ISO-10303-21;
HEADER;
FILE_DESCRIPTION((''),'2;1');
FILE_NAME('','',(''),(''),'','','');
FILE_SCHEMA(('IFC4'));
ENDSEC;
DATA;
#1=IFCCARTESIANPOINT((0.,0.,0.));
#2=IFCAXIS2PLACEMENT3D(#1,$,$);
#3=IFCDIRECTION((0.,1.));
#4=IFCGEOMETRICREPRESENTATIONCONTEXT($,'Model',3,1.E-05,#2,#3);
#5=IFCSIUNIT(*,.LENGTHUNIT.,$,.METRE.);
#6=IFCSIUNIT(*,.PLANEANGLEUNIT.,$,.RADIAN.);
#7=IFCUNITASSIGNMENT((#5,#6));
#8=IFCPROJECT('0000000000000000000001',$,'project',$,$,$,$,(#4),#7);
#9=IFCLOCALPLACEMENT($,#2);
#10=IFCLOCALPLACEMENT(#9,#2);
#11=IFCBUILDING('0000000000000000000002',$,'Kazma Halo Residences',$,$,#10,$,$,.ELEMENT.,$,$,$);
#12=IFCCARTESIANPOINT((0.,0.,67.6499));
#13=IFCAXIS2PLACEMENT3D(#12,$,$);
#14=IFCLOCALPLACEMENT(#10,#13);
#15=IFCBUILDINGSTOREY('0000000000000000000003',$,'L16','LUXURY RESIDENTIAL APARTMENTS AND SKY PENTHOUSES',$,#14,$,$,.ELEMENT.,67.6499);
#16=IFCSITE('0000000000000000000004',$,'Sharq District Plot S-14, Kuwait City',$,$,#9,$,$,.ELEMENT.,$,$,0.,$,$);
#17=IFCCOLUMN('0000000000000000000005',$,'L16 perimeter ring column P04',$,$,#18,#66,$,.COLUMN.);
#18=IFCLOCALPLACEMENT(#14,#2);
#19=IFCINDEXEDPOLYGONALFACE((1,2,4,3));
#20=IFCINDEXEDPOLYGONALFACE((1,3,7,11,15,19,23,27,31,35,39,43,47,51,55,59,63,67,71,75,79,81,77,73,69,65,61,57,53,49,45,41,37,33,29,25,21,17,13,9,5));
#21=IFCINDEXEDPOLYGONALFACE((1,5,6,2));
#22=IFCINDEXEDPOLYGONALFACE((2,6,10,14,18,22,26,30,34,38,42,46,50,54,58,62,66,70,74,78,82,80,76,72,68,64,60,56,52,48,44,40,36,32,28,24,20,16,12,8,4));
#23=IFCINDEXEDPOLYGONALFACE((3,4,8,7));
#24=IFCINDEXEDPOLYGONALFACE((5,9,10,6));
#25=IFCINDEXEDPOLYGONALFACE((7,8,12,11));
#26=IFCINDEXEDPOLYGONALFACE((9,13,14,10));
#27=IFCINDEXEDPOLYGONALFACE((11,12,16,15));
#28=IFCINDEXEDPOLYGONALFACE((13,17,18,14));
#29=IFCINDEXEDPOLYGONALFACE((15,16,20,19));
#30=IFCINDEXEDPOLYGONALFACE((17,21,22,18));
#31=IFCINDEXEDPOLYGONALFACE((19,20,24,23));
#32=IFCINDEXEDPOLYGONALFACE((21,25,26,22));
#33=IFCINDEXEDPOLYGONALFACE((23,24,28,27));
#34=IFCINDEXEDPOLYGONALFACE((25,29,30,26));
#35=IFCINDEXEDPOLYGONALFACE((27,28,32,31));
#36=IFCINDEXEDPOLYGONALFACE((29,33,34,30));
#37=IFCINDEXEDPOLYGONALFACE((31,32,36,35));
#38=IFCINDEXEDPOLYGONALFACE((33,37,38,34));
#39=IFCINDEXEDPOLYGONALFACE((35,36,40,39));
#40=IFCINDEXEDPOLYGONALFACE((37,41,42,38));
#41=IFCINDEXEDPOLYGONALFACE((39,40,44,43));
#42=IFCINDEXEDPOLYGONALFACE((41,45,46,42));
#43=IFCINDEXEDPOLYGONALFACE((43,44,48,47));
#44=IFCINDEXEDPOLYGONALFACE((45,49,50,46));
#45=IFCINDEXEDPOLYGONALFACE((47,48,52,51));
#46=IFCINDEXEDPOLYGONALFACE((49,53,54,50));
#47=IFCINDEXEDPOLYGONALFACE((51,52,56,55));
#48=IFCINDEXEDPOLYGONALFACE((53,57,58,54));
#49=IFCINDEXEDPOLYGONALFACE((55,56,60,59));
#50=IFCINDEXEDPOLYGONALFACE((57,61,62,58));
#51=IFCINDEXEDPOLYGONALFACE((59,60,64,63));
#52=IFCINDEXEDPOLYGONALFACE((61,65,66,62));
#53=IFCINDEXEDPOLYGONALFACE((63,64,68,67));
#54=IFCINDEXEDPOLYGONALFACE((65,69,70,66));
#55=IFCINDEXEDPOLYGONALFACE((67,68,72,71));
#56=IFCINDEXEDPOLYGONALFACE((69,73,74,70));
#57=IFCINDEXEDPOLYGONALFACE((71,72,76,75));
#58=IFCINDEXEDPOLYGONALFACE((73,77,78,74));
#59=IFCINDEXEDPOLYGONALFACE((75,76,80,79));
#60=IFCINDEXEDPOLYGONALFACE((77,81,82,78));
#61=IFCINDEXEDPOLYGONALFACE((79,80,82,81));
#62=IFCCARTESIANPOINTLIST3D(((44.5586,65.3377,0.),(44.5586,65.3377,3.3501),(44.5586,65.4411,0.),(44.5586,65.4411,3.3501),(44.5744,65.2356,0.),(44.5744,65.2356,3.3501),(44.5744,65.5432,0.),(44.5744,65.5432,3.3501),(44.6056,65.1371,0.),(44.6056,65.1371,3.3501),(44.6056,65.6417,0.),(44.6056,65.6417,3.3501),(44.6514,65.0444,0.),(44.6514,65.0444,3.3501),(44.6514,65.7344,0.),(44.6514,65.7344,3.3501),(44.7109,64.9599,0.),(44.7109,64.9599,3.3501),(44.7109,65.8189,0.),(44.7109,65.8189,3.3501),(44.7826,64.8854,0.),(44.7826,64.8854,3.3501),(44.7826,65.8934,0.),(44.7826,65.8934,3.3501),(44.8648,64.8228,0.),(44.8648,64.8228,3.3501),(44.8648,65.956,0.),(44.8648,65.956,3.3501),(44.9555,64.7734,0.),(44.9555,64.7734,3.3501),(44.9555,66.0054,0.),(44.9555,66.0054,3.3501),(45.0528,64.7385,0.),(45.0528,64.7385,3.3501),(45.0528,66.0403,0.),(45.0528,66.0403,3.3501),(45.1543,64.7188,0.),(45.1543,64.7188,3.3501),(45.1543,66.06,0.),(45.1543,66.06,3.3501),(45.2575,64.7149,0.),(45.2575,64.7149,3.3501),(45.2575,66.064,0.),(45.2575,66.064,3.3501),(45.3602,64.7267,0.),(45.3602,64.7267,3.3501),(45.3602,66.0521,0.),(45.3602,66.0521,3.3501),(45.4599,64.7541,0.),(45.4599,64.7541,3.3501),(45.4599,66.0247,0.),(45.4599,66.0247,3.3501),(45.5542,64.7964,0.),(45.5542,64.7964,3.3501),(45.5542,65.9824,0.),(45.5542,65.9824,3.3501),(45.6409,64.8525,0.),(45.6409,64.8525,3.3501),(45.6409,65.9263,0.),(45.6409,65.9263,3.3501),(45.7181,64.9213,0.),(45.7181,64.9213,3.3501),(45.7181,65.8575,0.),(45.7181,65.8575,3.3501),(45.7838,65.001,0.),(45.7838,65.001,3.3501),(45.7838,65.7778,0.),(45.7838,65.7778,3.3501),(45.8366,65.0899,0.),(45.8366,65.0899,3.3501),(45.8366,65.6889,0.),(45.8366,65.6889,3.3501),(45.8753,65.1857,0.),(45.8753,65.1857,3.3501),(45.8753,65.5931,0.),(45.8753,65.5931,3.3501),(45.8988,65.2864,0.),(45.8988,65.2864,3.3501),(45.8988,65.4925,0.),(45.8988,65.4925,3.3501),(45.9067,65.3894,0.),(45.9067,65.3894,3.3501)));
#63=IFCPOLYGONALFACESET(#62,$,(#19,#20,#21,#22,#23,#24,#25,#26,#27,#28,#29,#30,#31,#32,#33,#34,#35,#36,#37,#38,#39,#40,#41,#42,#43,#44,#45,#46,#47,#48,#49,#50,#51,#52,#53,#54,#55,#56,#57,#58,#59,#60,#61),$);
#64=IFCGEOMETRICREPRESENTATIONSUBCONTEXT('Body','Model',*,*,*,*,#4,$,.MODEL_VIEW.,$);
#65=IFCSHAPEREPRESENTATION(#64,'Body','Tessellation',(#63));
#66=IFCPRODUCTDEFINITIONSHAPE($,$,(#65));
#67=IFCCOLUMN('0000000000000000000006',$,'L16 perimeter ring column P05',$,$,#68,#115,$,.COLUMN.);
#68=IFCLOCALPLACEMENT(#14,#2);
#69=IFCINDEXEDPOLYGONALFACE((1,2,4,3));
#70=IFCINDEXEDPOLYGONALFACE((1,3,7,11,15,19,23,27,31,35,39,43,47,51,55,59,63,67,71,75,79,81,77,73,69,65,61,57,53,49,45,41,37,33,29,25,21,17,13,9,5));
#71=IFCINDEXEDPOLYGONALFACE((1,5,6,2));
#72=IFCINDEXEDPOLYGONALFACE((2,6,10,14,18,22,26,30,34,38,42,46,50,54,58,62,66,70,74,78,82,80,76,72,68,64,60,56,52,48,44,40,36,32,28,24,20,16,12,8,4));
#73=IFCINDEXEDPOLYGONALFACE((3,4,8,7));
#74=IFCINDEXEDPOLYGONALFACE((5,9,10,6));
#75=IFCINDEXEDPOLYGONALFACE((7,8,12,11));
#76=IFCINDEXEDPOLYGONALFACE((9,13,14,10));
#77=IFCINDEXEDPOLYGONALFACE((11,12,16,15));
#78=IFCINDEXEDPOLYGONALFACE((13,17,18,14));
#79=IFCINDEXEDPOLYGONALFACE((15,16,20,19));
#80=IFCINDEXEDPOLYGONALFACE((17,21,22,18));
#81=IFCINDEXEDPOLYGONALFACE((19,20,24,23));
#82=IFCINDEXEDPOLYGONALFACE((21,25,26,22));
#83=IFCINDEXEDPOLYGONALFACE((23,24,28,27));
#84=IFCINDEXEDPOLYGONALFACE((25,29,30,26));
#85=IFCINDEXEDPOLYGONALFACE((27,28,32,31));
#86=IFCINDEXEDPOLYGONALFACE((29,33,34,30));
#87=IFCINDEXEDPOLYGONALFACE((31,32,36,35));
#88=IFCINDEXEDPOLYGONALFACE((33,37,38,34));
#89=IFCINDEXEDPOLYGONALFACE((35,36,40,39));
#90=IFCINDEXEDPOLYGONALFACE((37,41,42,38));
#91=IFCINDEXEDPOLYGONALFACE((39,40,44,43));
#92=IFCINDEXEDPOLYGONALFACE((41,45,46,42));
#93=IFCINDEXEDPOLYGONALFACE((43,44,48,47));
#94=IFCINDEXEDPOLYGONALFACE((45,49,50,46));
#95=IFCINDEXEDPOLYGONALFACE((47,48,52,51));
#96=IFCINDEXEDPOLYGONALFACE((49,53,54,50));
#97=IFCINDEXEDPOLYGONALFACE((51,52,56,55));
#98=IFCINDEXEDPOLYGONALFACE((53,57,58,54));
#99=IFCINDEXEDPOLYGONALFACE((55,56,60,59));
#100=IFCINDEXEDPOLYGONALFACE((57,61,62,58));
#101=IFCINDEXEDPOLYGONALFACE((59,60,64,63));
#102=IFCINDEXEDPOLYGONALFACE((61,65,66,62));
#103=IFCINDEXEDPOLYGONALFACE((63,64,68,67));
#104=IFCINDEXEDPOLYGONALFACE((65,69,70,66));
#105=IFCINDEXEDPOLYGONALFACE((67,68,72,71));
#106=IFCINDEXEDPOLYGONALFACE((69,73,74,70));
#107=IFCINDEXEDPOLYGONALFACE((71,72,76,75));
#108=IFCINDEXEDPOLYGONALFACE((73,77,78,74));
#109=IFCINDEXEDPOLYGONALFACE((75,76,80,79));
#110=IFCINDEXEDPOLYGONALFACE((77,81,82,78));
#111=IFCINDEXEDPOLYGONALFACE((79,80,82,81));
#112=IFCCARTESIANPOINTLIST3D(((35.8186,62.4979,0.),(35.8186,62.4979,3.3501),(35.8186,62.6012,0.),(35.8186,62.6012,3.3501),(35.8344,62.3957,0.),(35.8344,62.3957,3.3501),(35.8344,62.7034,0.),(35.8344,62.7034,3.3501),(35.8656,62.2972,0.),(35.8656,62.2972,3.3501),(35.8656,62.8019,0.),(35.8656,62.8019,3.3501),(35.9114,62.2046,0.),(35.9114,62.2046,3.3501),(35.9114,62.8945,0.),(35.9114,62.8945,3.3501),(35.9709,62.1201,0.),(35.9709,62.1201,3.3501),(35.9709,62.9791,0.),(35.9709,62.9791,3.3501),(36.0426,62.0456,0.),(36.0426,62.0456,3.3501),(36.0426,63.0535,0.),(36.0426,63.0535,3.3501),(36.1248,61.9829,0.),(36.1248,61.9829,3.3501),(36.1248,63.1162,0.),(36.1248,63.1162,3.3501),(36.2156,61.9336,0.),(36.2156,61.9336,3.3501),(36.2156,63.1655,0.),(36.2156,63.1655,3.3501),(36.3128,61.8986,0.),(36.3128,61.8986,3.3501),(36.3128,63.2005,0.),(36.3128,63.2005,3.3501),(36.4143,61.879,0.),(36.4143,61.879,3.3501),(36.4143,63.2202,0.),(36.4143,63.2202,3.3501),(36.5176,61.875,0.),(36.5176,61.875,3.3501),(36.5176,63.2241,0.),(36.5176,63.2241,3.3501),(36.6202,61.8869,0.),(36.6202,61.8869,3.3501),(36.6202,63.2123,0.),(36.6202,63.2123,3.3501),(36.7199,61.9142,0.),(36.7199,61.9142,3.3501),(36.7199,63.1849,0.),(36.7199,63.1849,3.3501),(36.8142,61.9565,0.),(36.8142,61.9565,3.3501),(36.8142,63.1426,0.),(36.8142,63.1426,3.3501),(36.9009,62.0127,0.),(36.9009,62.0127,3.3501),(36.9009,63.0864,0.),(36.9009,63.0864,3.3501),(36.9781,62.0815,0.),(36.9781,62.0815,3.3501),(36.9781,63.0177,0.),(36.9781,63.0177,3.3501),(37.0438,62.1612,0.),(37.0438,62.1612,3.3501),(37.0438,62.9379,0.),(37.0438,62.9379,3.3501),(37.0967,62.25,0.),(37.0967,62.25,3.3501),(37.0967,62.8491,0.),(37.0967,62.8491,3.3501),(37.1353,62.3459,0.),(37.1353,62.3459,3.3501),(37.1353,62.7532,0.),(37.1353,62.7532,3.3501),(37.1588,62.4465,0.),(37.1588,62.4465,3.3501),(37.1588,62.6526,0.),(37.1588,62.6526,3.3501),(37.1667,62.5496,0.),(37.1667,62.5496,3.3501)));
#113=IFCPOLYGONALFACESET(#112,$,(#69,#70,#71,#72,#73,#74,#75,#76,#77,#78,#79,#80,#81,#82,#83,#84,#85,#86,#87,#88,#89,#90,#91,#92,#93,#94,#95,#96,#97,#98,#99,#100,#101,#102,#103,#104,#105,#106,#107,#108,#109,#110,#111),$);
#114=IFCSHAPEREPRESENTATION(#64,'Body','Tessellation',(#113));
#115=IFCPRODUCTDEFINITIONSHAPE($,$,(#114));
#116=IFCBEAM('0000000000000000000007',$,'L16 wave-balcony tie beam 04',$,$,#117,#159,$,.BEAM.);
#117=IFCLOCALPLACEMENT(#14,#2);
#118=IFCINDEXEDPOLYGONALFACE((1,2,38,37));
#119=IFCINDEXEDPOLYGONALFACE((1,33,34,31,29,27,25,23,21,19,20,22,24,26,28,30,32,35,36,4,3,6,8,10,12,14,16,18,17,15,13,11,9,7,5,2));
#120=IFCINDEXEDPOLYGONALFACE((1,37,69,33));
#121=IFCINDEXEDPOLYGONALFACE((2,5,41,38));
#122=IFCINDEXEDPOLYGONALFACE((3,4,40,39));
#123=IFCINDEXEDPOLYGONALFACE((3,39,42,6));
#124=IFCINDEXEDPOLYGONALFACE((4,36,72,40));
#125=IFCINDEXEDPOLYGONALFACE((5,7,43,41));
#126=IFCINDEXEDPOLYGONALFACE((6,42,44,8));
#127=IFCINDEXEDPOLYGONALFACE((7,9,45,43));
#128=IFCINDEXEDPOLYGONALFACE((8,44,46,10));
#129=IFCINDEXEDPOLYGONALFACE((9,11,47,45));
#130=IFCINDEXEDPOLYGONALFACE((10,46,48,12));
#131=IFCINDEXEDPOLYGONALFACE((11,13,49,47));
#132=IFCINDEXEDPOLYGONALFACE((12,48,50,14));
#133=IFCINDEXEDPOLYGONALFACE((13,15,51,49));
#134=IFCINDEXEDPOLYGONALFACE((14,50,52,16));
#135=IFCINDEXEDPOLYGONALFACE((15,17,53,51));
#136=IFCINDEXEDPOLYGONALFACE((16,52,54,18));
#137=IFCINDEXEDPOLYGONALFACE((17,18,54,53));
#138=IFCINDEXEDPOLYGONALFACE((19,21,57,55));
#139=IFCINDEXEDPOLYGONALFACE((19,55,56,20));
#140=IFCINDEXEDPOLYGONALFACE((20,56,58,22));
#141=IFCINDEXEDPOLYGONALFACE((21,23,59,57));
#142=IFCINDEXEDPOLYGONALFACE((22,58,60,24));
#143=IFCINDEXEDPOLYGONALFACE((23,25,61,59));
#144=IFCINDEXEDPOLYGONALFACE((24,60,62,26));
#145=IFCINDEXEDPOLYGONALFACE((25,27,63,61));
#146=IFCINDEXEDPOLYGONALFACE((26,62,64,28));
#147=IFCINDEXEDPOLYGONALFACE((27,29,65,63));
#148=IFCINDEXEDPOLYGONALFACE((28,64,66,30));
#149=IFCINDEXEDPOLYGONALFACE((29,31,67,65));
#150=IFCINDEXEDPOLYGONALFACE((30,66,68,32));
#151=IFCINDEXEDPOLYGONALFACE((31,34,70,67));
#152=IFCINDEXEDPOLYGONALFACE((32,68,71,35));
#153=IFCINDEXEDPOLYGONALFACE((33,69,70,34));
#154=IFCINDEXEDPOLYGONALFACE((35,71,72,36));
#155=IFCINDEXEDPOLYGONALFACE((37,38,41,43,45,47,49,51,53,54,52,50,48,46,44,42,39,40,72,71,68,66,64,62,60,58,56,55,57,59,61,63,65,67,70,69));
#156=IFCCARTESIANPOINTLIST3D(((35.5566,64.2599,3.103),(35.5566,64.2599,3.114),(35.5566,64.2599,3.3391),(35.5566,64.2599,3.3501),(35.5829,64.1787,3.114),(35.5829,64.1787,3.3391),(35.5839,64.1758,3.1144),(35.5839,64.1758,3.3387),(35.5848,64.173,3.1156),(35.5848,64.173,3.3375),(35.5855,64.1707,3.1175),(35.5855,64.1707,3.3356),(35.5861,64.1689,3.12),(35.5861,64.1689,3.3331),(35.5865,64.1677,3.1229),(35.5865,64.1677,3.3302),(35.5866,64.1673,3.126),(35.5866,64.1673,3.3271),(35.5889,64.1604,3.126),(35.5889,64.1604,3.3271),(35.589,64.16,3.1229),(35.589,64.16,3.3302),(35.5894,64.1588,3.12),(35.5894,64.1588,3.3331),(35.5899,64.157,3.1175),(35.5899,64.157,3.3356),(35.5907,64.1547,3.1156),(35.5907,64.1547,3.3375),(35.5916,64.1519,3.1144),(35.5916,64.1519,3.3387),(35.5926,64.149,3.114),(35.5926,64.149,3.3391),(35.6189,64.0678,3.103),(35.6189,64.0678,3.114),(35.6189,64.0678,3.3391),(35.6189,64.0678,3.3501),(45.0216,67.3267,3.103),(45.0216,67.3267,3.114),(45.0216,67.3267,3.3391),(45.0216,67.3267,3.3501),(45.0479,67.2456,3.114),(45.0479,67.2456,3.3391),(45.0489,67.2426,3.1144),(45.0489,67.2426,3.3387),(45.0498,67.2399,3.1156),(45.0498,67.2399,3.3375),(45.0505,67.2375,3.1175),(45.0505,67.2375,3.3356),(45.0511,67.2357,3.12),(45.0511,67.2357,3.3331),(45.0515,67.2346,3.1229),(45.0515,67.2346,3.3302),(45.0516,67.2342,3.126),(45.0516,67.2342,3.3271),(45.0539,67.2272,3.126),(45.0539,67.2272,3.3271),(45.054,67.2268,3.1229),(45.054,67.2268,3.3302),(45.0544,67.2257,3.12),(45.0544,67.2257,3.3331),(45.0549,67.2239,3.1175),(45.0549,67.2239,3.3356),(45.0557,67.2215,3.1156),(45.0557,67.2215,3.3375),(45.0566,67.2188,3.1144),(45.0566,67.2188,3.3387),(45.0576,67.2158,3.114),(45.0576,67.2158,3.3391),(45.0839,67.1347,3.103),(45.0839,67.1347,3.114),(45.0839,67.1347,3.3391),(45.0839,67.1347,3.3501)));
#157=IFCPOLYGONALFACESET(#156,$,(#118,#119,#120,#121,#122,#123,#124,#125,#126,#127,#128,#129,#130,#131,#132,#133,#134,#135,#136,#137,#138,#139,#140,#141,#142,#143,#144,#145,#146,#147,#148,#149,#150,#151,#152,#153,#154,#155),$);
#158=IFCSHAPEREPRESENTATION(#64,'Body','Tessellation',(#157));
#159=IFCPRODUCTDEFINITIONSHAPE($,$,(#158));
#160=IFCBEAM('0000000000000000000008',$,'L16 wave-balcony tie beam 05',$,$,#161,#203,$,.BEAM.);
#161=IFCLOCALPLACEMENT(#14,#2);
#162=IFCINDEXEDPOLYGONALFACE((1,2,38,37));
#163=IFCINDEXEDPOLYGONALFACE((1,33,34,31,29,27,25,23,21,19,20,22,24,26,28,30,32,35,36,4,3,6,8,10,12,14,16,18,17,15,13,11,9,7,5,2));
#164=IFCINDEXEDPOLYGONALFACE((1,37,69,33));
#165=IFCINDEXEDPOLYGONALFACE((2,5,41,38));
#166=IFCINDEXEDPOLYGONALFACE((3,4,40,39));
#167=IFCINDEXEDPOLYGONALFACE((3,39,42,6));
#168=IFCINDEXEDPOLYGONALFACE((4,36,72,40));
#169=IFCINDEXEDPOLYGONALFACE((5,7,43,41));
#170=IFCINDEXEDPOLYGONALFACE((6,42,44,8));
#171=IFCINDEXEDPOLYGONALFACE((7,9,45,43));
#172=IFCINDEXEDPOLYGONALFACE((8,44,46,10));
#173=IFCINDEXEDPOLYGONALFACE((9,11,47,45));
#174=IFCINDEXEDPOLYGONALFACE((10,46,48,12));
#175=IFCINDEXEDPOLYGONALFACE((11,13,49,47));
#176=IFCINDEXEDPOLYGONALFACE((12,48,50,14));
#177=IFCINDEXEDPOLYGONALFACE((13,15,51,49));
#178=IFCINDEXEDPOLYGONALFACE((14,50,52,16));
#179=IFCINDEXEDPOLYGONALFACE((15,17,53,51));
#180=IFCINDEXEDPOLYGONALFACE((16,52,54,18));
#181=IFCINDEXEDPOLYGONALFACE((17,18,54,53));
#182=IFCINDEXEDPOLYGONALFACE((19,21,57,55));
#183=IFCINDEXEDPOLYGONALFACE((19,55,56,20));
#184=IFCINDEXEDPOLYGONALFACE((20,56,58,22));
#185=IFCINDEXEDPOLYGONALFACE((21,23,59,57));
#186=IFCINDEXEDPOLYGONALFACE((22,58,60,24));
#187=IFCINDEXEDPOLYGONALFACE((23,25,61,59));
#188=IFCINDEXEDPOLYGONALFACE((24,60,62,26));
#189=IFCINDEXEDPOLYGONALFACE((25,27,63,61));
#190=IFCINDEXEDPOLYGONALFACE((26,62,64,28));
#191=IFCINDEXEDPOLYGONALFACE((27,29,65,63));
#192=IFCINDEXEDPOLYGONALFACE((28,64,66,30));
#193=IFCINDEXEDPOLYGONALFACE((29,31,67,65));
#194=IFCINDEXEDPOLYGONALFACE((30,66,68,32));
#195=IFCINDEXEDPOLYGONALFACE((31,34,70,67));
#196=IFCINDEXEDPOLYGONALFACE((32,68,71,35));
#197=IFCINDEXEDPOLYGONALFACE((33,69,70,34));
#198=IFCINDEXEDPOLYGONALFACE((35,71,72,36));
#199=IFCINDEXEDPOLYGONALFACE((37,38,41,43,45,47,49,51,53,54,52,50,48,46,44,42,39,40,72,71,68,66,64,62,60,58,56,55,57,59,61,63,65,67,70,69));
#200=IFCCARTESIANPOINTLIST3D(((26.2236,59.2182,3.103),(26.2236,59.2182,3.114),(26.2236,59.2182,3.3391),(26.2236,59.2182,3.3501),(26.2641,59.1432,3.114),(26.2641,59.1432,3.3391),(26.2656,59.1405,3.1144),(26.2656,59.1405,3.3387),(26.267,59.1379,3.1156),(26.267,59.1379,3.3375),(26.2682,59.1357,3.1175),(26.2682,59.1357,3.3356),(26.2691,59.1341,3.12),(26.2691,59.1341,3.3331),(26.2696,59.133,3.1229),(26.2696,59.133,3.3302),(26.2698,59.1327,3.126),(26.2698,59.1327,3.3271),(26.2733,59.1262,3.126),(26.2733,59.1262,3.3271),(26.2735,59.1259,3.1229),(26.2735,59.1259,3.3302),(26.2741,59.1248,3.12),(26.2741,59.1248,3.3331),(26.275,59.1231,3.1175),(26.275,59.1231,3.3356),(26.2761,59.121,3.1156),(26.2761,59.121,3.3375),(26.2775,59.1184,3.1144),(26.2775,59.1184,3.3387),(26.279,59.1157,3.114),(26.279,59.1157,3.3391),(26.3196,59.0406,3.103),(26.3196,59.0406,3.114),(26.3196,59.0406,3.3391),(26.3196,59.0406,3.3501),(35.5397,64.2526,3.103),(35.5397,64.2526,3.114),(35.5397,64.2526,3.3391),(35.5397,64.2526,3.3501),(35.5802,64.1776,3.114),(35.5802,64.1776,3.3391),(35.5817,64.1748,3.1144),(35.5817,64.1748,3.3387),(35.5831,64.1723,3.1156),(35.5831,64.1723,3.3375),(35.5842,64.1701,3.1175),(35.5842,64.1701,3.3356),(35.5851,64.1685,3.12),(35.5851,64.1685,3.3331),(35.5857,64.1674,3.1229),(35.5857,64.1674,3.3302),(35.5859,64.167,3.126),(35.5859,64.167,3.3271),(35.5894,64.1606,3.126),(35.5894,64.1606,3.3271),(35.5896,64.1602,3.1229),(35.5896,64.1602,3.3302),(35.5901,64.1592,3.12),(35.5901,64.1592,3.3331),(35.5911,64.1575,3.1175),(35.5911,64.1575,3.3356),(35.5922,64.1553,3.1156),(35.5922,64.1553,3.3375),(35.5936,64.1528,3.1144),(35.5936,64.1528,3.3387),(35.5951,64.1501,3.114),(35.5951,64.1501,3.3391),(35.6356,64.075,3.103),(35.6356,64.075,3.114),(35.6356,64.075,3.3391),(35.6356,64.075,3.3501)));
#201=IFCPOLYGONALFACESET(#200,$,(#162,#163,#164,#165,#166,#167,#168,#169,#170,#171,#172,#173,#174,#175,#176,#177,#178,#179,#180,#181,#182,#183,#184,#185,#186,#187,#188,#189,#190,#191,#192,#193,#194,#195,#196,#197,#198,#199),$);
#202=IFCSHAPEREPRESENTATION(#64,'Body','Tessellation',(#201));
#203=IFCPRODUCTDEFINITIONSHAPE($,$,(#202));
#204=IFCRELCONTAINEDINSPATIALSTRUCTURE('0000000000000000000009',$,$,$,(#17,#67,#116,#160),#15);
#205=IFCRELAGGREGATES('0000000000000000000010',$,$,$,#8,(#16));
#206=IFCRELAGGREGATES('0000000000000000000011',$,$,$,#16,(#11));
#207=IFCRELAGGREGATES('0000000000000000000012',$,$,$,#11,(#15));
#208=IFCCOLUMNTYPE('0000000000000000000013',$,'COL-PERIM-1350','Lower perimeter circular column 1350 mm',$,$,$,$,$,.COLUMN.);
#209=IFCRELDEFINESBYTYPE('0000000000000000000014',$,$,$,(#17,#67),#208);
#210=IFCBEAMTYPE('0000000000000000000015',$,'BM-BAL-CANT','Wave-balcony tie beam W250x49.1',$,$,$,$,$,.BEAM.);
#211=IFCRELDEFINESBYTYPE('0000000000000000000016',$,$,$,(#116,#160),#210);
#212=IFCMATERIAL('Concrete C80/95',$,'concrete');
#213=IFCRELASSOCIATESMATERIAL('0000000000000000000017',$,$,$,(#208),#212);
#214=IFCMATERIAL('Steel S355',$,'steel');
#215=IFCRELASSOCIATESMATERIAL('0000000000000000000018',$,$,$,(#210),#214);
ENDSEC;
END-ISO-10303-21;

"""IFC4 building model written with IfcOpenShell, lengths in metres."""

from ifc_helpers import new_model, si_unit, direction, frame, origin, origin_2d, place, context, subcontext, project, spatial, circle, i_section, extrude, material, material_profile, profile_set, type_object, element, save


model = new_model("IFC4")

# Units and contexts
model_context = context("Model", 3, precision=1e-05, world=origin(), true_north=direction((0.0, 1.0)))
body_context = subcontext(model_context, "Body", "Model", "MODEL_VIEW")
ifc_project = project(units=[si_unit("LENGTHUNIT", "METRE"), si_unit("PLANEANGLEUNIT", "RADIAN")], contexts=[model_context])

# Site, building, storey
site_placement = place(None, origin())
site = spatial("IfcSite", under=ifc_project, at=site_placement, Name="Sharq District Plot S-14, Kuwait City", CompositionType="ELEMENT", RefElevation=0.0)
building_placement = place(site_placement, origin())
building = spatial("IfcBuilding", under=site, at=building_placement, Name="Kazma Halo Residences", CompositionType="ELEMENT")
storey_placement = place(building_placement, frame((0.0, 0.0, 67.6499)))
storey = spatial("IfcBuildingStorey", under=building, at=storey_placement, Name="L16", Description="LUXURY RESIDENTIAL APARTMENTS AND SKY PENTHOUSES", CompositionType="ELEMENT", Elevation=67.6499)

# Columns
ifc_material_1 = material(Name="Concrete C80/95", Category="concrete")
ifc_material_profile_1 = material_profile(ifc_material_1, circle(Radius=0.675, at=origin_2d()), Name="CIRC1350")
ifc_profile_set_1 = profile_set([ifc_material_profile_1], Name="Concrete C80/95")
column_type = type_object("IfcColumnType", Name="COL-PERIM-1350", Description="Lower perimeter circular column 1350 mm", PredefinedType="COLUMN", material=ifc_profile_set_1)
for number, where, z_axis, x_axis, name in (
    (1, (45.2317, 65.3894, 0.0), (0.0, 0.0, 1.0), (1.0, 0.0, 0.0), "L16 perimeter ring column P04"),
    (2, (36.4917, 62.5496, 0.0), (0.0, 0.0, 1.0), (1.0, 0.0, 0.0), "L16 perimeter ring column P05"),
):
    element("IfcColumn", number, at=place(storey_placement, frame(where, z_axis=z_axis, x_axis=x_axis)), inside=storey, type_object=column_type, Name=name, PredefinedType="COLUMN", context=body_context, shape_type="SweptSolid", body=[
        extrude(circle(Radius=0.675, at=origin_2d()), origin(), (0.0, 0.0, 1.0), 3.3501),
    ])

# Beams
ifc_material_2 = material(Name="Steel S355", Category="steel")
ifc_material_profile_2 = material_profile(ifc_material_2, i_section(OverallWidth=0.2019, OverallDepth=0.2471, WebThickness=0.0073, FlangeThickness=0.011, FilletRadius=0.012, at=origin_2d()), Name="W250x49.1")
ifc_profile_set_2 = profile_set([ifc_material_profile_2], Name="Steel S355")
beam_type_1 = type_object("IfcBeamType", Name="BM-BAL-CANT", Description="Wave-balcony tie beam W250x49.1", PredefinedType="BEAM", material=ifc_profile_set_2)
beam_1_placement = place(storey_placement, frame((45.0527, 67.2307, 3.2266), z_axis=(-0.951307, -0.308244, 0.0), x_axis=(0.308244, -0.951307, 0.0)))
element("IfcBeam", 3, at=beam_1_placement, inside=storey, type_object=beam_type_1, Name="L16 wave-balcony tie beam 04", PredefinedType="BEAM", context=body_context, shape_type="SweptSolid", body=[
    extrude(i_section(OverallWidth=0.2019, OverallDepth=0.2471, WebThickness=0.0073, FlangeThickness=0.011, FilletRadius=0.012, at=origin_2d()), origin(), (0.0, 0.0, 1.0), 9.9495),
])
beam_2_placement = place(storey_placement, frame((35.5876, 64.1638, 3.2266), z_axis=(-0.879759, -0.475419, 0.0), x_axis=(0.475419, -0.879759, 0.0)))
element("IfcBeam", 4, at=beam_2_placement, inside=storey, type_object=beam_type_1, Name="L16 wave-balcony tie beam 05", PredefinedType="BEAM", context=body_context, shape_type="SweptSolid", body=[
    extrude(i_section(OverallWidth=0.2019, OverallDepth=0.2471, WebThickness=0.0073, FlangeThickness=0.011, FilletRadius=0.012, at=origin_2d()), origin(), (0.0, 0.0, 1.0), 10.5894),
])

save(model, "model.ifc")
